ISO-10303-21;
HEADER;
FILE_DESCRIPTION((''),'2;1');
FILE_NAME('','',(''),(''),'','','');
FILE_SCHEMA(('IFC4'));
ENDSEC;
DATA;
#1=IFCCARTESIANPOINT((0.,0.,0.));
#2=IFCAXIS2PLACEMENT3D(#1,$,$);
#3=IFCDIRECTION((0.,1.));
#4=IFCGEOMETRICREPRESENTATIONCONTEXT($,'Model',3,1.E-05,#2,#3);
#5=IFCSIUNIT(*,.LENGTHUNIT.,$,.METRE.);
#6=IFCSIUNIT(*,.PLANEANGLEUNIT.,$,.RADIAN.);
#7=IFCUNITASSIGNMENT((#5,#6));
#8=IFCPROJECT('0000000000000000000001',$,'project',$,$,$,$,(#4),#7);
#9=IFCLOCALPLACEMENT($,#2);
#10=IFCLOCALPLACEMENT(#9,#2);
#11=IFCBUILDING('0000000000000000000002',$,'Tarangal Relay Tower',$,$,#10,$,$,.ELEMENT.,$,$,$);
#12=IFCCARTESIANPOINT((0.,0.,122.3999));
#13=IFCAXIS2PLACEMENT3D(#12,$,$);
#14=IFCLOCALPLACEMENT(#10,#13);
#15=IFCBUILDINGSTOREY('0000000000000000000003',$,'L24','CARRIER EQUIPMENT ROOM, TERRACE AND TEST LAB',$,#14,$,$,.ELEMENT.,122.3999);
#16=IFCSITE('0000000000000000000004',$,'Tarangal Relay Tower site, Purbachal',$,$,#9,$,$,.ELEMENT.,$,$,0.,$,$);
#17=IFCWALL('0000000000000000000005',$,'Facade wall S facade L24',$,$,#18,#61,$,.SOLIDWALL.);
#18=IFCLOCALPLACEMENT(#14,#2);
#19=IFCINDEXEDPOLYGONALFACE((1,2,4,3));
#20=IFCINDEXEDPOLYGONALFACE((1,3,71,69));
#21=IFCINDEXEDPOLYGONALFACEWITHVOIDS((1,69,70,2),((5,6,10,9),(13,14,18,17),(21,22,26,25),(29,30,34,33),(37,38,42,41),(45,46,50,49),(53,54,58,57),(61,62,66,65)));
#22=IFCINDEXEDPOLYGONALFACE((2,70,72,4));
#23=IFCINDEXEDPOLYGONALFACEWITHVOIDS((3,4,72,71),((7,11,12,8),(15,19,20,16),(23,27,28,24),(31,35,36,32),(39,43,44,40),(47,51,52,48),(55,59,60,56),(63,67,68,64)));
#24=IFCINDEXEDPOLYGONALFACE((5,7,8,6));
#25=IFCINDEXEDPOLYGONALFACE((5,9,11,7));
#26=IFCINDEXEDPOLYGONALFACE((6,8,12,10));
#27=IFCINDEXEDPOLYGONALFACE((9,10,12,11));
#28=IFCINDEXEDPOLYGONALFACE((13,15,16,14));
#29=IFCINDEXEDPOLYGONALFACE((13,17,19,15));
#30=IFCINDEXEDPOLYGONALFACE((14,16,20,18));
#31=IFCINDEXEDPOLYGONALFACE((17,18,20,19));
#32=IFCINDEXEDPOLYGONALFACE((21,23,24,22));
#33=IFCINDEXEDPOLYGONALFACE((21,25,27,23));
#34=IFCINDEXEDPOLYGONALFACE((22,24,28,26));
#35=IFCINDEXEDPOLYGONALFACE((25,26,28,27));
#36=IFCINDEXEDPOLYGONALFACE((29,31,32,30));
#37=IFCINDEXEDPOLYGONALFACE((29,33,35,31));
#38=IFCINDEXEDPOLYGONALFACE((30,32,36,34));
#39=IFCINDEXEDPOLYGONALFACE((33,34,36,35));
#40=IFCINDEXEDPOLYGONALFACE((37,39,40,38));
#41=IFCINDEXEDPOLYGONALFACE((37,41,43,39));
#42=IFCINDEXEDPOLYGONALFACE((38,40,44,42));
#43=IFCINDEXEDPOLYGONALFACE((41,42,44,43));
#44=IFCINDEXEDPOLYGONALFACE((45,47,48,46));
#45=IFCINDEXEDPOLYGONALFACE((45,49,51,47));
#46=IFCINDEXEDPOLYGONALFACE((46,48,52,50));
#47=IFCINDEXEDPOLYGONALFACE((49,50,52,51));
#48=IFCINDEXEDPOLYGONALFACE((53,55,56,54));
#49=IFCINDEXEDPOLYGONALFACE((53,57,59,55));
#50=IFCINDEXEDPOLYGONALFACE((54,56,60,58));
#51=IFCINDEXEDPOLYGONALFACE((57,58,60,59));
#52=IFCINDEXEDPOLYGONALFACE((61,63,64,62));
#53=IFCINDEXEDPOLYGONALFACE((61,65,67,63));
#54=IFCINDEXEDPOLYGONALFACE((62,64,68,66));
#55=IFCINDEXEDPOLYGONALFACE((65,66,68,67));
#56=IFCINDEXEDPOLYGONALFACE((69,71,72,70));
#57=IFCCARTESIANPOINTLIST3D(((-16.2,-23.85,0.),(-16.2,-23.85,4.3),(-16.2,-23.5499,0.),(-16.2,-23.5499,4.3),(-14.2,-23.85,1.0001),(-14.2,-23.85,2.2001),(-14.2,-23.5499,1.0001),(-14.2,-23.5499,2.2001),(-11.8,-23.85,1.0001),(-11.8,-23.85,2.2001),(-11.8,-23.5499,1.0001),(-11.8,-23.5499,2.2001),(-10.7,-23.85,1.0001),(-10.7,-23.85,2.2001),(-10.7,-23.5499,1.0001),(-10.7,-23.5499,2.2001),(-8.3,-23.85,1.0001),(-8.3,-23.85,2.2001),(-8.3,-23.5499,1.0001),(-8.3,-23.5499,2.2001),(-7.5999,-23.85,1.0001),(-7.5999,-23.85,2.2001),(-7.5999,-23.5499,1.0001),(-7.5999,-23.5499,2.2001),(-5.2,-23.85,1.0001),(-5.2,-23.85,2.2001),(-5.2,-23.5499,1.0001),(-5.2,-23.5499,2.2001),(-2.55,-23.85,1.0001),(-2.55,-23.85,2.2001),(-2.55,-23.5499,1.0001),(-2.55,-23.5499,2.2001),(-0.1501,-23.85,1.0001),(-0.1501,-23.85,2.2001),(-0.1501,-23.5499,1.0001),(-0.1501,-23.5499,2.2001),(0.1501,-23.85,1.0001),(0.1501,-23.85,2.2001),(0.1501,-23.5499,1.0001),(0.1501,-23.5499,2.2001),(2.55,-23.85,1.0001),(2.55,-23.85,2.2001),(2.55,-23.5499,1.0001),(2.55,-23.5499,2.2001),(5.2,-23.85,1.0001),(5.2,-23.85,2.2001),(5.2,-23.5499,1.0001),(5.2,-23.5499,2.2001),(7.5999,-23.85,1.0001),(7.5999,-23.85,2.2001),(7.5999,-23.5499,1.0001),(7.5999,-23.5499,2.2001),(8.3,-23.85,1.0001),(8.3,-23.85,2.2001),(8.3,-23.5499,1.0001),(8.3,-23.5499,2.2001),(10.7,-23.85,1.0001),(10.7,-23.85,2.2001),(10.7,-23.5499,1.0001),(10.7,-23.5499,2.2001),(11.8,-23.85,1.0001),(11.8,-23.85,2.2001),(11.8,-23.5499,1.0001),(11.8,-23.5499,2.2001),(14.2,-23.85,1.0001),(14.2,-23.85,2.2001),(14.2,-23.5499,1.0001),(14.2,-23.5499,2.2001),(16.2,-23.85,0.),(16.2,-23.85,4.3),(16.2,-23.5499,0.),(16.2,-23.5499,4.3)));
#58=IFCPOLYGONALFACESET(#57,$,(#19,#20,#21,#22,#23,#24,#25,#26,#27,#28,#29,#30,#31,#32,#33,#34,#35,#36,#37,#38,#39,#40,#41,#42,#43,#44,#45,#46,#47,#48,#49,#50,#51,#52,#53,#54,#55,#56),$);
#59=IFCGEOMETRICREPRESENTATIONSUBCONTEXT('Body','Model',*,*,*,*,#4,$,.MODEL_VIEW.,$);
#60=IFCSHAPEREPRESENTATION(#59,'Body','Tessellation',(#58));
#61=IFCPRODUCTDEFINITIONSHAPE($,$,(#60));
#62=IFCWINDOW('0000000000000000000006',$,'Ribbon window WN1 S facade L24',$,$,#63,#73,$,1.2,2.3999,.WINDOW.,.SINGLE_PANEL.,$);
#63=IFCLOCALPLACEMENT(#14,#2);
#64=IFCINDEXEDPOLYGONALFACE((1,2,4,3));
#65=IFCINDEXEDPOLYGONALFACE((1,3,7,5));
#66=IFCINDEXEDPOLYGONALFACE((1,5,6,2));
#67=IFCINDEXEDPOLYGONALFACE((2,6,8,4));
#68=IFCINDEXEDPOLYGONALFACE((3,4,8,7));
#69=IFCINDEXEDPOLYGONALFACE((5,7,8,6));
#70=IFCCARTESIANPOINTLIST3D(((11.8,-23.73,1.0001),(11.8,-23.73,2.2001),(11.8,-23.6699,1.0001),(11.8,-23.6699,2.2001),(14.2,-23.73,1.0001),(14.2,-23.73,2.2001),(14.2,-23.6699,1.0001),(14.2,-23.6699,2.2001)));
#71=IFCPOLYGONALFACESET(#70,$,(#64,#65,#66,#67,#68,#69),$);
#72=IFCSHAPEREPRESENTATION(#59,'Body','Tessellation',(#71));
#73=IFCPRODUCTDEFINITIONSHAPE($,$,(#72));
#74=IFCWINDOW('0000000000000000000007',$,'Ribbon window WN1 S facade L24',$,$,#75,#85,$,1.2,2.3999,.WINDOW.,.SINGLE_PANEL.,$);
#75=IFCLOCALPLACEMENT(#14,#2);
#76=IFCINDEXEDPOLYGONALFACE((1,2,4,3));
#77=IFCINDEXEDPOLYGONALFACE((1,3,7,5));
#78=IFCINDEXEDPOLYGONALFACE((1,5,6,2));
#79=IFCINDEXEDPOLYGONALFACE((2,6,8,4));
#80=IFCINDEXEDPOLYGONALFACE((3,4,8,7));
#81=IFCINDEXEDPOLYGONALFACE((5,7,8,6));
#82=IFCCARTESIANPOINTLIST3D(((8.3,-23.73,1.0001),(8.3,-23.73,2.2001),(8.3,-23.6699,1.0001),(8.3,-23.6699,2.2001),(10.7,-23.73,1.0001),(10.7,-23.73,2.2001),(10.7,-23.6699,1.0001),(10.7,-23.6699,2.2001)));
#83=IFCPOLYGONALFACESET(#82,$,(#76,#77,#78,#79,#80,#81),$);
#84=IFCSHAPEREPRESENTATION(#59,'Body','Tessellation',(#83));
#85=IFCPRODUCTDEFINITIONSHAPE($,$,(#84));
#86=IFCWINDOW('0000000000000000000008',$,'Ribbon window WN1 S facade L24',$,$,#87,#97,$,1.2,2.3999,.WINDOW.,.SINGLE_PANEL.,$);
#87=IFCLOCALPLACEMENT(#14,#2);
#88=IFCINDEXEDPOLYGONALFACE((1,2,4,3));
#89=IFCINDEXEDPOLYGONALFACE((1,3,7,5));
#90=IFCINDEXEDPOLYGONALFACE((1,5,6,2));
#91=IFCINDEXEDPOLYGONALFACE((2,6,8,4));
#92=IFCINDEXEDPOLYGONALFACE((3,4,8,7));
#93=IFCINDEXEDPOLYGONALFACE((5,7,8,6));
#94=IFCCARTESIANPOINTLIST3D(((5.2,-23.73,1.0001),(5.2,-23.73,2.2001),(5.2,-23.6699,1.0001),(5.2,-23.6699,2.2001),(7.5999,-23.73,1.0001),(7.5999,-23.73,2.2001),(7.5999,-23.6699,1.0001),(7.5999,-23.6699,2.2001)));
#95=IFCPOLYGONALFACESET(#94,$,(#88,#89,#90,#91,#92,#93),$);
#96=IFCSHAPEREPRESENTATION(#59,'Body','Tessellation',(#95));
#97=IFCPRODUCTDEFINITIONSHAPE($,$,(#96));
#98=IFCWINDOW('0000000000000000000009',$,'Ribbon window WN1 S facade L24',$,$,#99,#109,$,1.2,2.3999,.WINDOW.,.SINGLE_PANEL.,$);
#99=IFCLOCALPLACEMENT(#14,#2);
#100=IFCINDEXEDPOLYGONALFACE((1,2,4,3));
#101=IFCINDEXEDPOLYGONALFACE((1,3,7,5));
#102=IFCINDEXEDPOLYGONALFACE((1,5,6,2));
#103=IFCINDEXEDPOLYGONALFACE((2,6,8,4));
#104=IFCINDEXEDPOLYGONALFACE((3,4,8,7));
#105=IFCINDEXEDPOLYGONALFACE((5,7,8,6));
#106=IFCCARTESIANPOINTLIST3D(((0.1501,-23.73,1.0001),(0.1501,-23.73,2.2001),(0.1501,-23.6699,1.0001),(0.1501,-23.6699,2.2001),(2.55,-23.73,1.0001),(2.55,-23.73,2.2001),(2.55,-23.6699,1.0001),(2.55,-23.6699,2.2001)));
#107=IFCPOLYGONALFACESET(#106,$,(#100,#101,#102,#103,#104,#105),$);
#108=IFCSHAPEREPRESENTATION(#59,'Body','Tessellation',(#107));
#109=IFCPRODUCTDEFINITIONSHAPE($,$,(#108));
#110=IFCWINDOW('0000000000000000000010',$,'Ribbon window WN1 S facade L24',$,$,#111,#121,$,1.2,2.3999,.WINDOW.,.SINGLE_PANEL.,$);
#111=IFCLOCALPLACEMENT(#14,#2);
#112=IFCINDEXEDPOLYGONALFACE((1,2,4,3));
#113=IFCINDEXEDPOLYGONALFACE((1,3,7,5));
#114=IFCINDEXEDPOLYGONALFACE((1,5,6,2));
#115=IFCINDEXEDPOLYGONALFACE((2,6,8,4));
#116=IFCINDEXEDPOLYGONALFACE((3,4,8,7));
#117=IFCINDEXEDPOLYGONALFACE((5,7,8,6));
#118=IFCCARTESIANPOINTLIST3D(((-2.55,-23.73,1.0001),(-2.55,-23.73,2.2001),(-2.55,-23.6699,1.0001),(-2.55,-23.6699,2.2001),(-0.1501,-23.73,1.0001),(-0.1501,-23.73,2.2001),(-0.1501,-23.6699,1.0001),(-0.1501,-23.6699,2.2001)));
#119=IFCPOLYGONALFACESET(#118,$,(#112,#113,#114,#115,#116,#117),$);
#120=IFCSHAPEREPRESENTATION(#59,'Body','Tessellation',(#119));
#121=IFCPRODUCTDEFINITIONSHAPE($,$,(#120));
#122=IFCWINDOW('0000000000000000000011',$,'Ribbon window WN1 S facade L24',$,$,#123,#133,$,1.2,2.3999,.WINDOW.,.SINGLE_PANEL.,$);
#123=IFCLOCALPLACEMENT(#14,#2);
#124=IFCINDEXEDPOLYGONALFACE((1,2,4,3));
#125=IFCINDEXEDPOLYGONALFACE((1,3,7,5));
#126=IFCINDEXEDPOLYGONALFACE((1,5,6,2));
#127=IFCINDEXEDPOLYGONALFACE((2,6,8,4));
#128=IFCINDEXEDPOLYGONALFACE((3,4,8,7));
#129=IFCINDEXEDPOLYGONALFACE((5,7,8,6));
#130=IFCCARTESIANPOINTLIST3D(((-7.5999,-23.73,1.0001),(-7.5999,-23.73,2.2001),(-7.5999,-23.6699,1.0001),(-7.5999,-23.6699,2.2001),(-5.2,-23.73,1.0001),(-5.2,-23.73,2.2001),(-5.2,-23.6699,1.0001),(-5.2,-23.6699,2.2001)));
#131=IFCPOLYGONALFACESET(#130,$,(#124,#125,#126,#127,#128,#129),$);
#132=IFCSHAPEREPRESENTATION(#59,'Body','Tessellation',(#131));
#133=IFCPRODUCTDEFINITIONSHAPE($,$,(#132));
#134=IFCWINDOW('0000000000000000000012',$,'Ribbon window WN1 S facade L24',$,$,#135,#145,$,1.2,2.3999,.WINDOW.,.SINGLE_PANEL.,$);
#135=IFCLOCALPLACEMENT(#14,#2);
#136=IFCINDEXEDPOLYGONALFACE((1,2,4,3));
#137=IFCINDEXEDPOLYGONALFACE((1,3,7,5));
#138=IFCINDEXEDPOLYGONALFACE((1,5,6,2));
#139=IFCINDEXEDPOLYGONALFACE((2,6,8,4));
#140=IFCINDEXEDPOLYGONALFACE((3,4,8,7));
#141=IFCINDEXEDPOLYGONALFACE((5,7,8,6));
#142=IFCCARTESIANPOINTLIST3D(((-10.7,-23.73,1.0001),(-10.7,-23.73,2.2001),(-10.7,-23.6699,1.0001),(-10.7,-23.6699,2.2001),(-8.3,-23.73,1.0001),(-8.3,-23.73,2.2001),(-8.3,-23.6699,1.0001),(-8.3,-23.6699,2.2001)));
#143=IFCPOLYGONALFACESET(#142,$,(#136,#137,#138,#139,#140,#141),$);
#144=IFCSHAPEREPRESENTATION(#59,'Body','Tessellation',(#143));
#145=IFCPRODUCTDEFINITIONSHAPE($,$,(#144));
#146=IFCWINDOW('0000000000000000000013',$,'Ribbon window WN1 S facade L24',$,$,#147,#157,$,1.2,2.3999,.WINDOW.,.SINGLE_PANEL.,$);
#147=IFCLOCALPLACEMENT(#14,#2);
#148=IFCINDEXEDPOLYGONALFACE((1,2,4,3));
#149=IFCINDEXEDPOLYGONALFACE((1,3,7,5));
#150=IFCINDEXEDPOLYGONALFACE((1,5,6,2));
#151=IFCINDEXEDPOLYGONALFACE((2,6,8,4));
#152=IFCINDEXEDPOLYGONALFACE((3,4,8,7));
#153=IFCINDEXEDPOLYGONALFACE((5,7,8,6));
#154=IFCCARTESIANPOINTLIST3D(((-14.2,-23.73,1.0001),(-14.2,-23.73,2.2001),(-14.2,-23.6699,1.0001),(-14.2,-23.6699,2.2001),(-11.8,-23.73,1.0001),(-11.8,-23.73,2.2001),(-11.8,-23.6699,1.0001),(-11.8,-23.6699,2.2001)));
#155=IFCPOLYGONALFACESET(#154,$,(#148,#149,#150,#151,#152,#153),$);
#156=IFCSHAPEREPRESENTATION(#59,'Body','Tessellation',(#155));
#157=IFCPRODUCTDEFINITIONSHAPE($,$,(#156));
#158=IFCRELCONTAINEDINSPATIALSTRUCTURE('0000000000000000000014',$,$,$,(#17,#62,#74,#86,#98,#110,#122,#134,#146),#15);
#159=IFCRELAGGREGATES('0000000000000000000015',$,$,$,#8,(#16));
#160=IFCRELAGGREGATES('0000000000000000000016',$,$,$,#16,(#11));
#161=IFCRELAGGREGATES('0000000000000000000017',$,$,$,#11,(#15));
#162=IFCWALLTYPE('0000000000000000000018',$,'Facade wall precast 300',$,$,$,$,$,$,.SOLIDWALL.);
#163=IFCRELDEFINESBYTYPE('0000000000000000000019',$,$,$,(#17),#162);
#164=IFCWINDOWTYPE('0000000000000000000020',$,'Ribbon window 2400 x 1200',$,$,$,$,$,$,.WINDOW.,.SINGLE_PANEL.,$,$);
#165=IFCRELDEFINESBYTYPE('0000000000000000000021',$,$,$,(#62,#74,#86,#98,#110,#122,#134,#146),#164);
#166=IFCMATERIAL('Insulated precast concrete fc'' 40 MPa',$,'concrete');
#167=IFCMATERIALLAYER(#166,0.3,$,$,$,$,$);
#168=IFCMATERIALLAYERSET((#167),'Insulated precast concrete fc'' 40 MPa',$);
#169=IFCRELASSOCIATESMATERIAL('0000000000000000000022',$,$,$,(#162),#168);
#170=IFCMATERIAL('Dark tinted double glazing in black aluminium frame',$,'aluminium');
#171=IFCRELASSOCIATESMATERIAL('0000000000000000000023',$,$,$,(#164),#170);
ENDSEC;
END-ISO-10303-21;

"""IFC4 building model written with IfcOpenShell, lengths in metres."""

from ifc_helpers import new_model, si_unit, direction, frame, frame_2d, origin, place, context, subcontext, project, spatial, rectangle, extrude, material, layer, layer_set, type_object, element, fill, save


model = new_model("IFC4")

# Units and contexts
model_context = context("Model", 3, precision=1e-05, world=origin(), true_north=direction((0.0, 1.0)))
body_context = subcontext(model_context, "Body", "Model", "MODEL_VIEW")
ifc_project = project(units=[si_unit("LENGTHUNIT", "METRE"), si_unit("PLANEANGLEUNIT", "RADIAN")], contexts=[model_context])

# Site, building, storey
site_placement = place(None, origin())
site = spatial("IfcSite", under=ifc_project, at=site_placement, Name="Tarangal Relay Tower site, Purbachal", CompositionType="ELEMENT", RefElevation=0.0)
building_placement = place(site_placement, origin())
building = spatial("IfcBuilding", under=site, at=building_placement, Name="Tarangal Relay Tower", CompositionType="ELEMENT")
storey_placement = place(building_placement, frame((0.0, 0.0, 122.3999)))
storey = spatial("IfcBuildingStorey", under=building, at=storey_placement, Name="L24", Description="CARRIER EQUIPMENT ROOM, TERRACE AND TEST LAB", CompositionType="ELEMENT", Elevation=122.3999)

# Shared definitions
ifc_material_1 = material(Name="Insulated precast concrete fc' 40 MPa", Category="concrete")
ifc_layer_1 = layer(ifc_material_1, 0.3)
ifc_layer_set_1 = layer_set([ifc_layer_1], Name="Insulated precast concrete fc' 40 MPa")
wall_type_1 = type_object("IfcWallType", Name="Facade wall precast 300", PredefinedType="SOLIDWALL", material=ifc_layer_set_1)

# Wall, openings, windows
wall_1_placement = place(storey_placement, frame((16.2, -23.7, 0.0), z_axis=(0.0, 0.0, 1.0), x_axis=(-1.0, 0.0, 0.0)))
wall_1 = element("IfcWall", 1, at=wall_1_placement, inside=storey, type_object=wall_type_1, Name="Facade wall S facade L24", PredefinedType="SOLIDWALL", context=body_context, shape_type="SweptSolid", body=[
    extrude(rectangle(XDim=32.3999, YDim=0.3, at=frame_2d((16.2, 0.0))), origin(), (0.0, 0.0, 1.0), 4.3),
])
opening_1_placement = place(wall_1_placement, frame((2.0, 0.0, 1.0)))
opening_1 = element("IfcOpeningElement", 2, at=opening_1_placement, cuts=wall_1, PredefinedType="OPENING", context=body_context, shape_type="SweptSolid", body=[
    extrude(rectangle(XDim=2.3999, YDim=1.2, at=frame_2d((1.2, 0.6001))), frame((0.0, 0.1599, 0.0), z_axis=(0.0, -1.0, 0.0), x_axis=(1.0, 0.0, 0.0)), (0.0, 0.0, 1.0), 0.3201),
])
opening_2_placement = place(wall_1_placement, frame((5.5, 0.0, 1.0)))
opening_2 = element("IfcOpeningElement", 3, at=opening_2_placement, cuts=wall_1, PredefinedType="OPENING", context=body_context, shape_type="SweptSolid", body=[
    extrude(rectangle(XDim=2.3999, YDim=1.2, at=frame_2d((1.2, 0.6001))), frame((0.0, 0.1599, 0.0), z_axis=(0.0, -1.0, 0.0), x_axis=(1.0, 0.0, 0.0)), (0.0, 0.0, 1.0), 0.3201),
])
opening_3_placement = place(wall_1_placement, frame((8.6001, 0.0, 1.0)))
opening_3 = element("IfcOpeningElement", 4, at=opening_3_placement, cuts=wall_1, PredefinedType="OPENING", context=body_context, shape_type="SweptSolid", body=[
    extrude(rectangle(XDim=2.3999, YDim=1.2, at=frame_2d((1.2, 0.6001))), frame((0.0, 0.1599, 0.0), z_axis=(0.0, -1.0, 0.0), x_axis=(1.0, 0.0, 0.0)), (0.0, 0.0, 1.0), 0.3201),
])
opening_4_placement = place(wall_1_placement, frame((13.6499, 0.0, 1.0)))
opening_4 = element("IfcOpeningElement", 5, at=opening_4_placement, cuts=wall_1, PredefinedType="OPENING", context=body_context, shape_type="SweptSolid", body=[
    extrude(rectangle(XDim=2.3999, YDim=1.2, at=frame_2d((1.2, 0.6001))), frame((0.0, 0.1599, 0.0), z_axis=(0.0, -1.0, 0.0), x_axis=(1.0, 0.0, 0.0)), (0.0, 0.0, 1.0), 0.3201),
])
opening_5_placement = place(wall_1_placement, frame((16.3501, 0.0, 1.0)))
opening_5 = element("IfcOpeningElement", 6, at=opening_5_placement, cuts=wall_1, PredefinedType="OPENING", context=body_context, shape_type="SweptSolid", body=[
    extrude(rectangle(XDim=2.3999, YDim=1.2, at=frame_2d((1.2, 0.6001))), frame((0.0, 0.1599, 0.0), z_axis=(0.0, -1.0, 0.0), x_axis=(1.0, 0.0, 0.0)), (0.0, 0.0, 1.0), 0.3201),
])
opening_6_placement = place(wall_1_placement, frame((21.3999, 0.0, 1.0)))
opening_6 = element("IfcOpeningElement", 7, at=opening_6_placement, cuts=wall_1, PredefinedType="OPENING", context=body_context, shape_type="SweptSolid", body=[
    extrude(rectangle(XDim=2.3999, YDim=1.2, at=frame_2d((1.2, 0.6001))), frame((0.0, 0.1599, 0.0), z_axis=(0.0, -1.0, 0.0), x_axis=(1.0, 0.0, 0.0)), (0.0, 0.0, 1.0), 0.3201),
])
opening_7_placement = place(wall_1_placement, frame((24.5, 0.0, 1.0)))
opening_7 = element("IfcOpeningElement", 8, at=opening_7_placement, cuts=wall_1, PredefinedType="OPENING", context=body_context, shape_type="SweptSolid", body=[
    extrude(rectangle(XDim=2.3999, YDim=1.2, at=frame_2d((1.2, 0.6001))), frame((0.0, 0.1599, 0.0), z_axis=(0.0, -1.0, 0.0), x_axis=(1.0, 0.0, 0.0)), (0.0, 0.0, 1.0), 0.3201),
])
opening_8_placement = place(wall_1_placement, frame((28.0, 0.0, 1.0)))
opening_8 = element("IfcOpeningElement", 9, at=opening_8_placement, cuts=wall_1, PredefinedType="OPENING", context=body_context, shape_type="SweptSolid", body=[
    extrude(rectangle(XDim=2.3999, YDim=1.2, at=frame_2d((1.2, 0.6001))), frame((0.0, 0.1599, 0.0), z_axis=(0.0, -1.0, 0.0), x_axis=(1.0, 0.0, 0.0)), (0.0, 0.0, 1.0), 0.3201),
])
ifc_material_2 = material(Name="Dark tinted double glazing in black aluminium frame", Category="aluminium")
window_type = type_object("IfcWindowType", Name="Ribbon window 2400 x 1200", PartitioningType="SINGLE_PANEL", PredefinedType="WINDOW", material=ifc_material_2)
window_1_placement = place(opening_1_placement, origin())
window_1 = element("IfcWindow", 10, at=window_1_placement, inside=storey, type_object=window_type, Name="Ribbon window WN1 S facade L24", OverallHeight=1.2, OverallWidth=2.3999, PartitioningType="SINGLE_PANEL", PredefinedType="WINDOW", context=body_context, shape_type="SweptSolid", body=[
    extrude(rectangle(XDim=2.3999, YDim=1.2, at=frame_2d((1.2, 0.6001))), frame((0.0, 0.03, 0.0), z_axis=(0.0, -1.0, 0.0), x_axis=(1.0, 0.0, 0.0)), (0.0, 0.0, 1.0), 0.0601),
])
fill(opening_1, window_1)
window_2_placement = place(opening_2_placement, origin())
window_2 = element("IfcWindow", 11, at=window_2_placement, inside=storey, type_object=window_type, Name="Ribbon window WN1 S facade L24", OverallHeight=1.2, OverallWidth=2.3999, PartitioningType="SINGLE_PANEL", PredefinedType="WINDOW", context=body_context, shape_type="SweptSolid", body=[
    extrude(rectangle(XDim=2.3999, YDim=1.2, at=frame_2d((1.2, 0.6001))), frame((0.0, 0.03, 0.0), z_axis=(0.0, -1.0, 0.0), x_axis=(1.0, 0.0, 0.0)), (0.0, 0.0, 1.0), 0.0601),
])
fill(opening_2, window_2)
window_3_placement = place(opening_3_placement, origin())
window_3 = element("IfcWindow", 12, at=window_3_placement, inside=storey, type_object=window_type, Name="Ribbon window WN1 S facade L24", OverallHeight=1.2, OverallWidth=2.3999, PartitioningType="SINGLE_PANEL", PredefinedType="WINDOW", context=body_context, shape_type="SweptSolid", body=[
    extrude(rectangle(XDim=2.3999, YDim=1.2, at=frame_2d((1.2, 0.6001))), frame((0.0, 0.03, 0.0), z_axis=(0.0, -1.0, 0.0), x_axis=(1.0, 0.0, 0.0)), (0.0, 0.0, 1.0), 0.0601),
])
fill(opening_3, window_3)
window_4_placement = place(opening_4_placement, origin())
window_4 = element("IfcWindow", 13, at=window_4_placement, inside=storey, type_object=window_type, Name="Ribbon window WN1 S facade L24", OverallHeight=1.2, OverallWidth=2.3999, PartitioningType="SINGLE_PANEL", PredefinedType="WINDOW", context=body_context, shape_type="SweptSolid", body=[
    extrude(rectangle(XDim=2.3999, YDim=1.2, at=frame_2d((1.2, 0.6001))), frame((0.0, 0.03, 0.0), z_axis=(0.0, -1.0, 0.0), x_axis=(1.0, 0.0, 0.0)), (0.0, 0.0, 1.0), 0.0601),
])
fill(opening_4, window_4)
window_5_placement = place(opening_5_placement, origin())
window_5 = element("IfcWindow", 14, at=window_5_placement, inside=storey, type_object=window_type, Name="Ribbon window WN1 S facade L24", OverallHeight=1.2, OverallWidth=2.3999, PartitioningType="SINGLE_PANEL", PredefinedType="WINDOW", context=body_context, shape_type="SweptSolid", body=[
    extrude(rectangle(XDim=2.3999, YDim=1.2, at=frame_2d((1.2, 0.6001))), frame((0.0, 0.03, 0.0), z_axis=(0.0, -1.0, 0.0), x_axis=(1.0, 0.0, 0.0)), (0.0, 0.0, 1.0), 0.0601),
])
fill(opening_5, window_5)
window_6_placement = place(opening_6_placement, origin())
window_6 = element("IfcWindow", 15, at=window_6_placement, inside=storey, type_object=window_type, Name="Ribbon window WN1 S facade L24", OverallHeight=1.2, OverallWidth=2.3999, PartitioningType="SINGLE_PANEL", PredefinedType="WINDOW", context=body_context, shape_type="SweptSolid", body=[
    extrude(rectangle(XDim=2.3999, YDim=1.2, at=frame_2d((1.2, 0.6001))), frame((0.0, 0.03, 0.0), z_axis=(0.0, -1.0, 0.0), x_axis=(1.0, 0.0, 0.0)), (0.0, 0.0, 1.0), 0.0601),
])
fill(opening_6, window_6)
window_7_placement = place(opening_7_placement, origin())
window_7 = element("IfcWindow", 16, at=window_7_placement, inside=storey, type_object=window_type, Name="Ribbon window WN1 S facade L24", OverallHeight=1.2, OverallWidth=2.3999, PartitioningType="SINGLE_PANEL", PredefinedType="WINDOW", context=body_context, shape_type="SweptSolid", body=[
    extrude(rectangle(XDim=2.3999, YDim=1.2, at=frame_2d((1.2, 0.6001))), frame((0.0, 0.03, 0.0), z_axis=(0.0, -1.0, 0.0), x_axis=(1.0, 0.0, 0.0)), (0.0, 0.0, 1.0), 0.0601),
])
fill(opening_7, window_7)
window_8_placement = place(opening_8_placement, origin())
window_8 = element("IfcWindow", 17, at=window_8_placement, inside=storey, type_object=window_type, Name="Ribbon window WN1 S facade L24", OverallHeight=1.2, OverallWidth=2.3999, PartitioningType="SINGLE_PANEL", PredefinedType="WINDOW", context=body_context, shape_type="SweptSolid", body=[
    extrude(rectangle(XDim=2.3999, YDim=1.2, at=frame_2d((1.2, 0.6001))), frame((0.0, 0.03, 0.0), z_axis=(0.0, -1.0, 0.0), x_axis=(1.0, 0.0, 0.0)), (0.0, 0.0, 1.0), 0.0601),
])
fill(opening_8, window_8)

save(model, "model.ifc")
